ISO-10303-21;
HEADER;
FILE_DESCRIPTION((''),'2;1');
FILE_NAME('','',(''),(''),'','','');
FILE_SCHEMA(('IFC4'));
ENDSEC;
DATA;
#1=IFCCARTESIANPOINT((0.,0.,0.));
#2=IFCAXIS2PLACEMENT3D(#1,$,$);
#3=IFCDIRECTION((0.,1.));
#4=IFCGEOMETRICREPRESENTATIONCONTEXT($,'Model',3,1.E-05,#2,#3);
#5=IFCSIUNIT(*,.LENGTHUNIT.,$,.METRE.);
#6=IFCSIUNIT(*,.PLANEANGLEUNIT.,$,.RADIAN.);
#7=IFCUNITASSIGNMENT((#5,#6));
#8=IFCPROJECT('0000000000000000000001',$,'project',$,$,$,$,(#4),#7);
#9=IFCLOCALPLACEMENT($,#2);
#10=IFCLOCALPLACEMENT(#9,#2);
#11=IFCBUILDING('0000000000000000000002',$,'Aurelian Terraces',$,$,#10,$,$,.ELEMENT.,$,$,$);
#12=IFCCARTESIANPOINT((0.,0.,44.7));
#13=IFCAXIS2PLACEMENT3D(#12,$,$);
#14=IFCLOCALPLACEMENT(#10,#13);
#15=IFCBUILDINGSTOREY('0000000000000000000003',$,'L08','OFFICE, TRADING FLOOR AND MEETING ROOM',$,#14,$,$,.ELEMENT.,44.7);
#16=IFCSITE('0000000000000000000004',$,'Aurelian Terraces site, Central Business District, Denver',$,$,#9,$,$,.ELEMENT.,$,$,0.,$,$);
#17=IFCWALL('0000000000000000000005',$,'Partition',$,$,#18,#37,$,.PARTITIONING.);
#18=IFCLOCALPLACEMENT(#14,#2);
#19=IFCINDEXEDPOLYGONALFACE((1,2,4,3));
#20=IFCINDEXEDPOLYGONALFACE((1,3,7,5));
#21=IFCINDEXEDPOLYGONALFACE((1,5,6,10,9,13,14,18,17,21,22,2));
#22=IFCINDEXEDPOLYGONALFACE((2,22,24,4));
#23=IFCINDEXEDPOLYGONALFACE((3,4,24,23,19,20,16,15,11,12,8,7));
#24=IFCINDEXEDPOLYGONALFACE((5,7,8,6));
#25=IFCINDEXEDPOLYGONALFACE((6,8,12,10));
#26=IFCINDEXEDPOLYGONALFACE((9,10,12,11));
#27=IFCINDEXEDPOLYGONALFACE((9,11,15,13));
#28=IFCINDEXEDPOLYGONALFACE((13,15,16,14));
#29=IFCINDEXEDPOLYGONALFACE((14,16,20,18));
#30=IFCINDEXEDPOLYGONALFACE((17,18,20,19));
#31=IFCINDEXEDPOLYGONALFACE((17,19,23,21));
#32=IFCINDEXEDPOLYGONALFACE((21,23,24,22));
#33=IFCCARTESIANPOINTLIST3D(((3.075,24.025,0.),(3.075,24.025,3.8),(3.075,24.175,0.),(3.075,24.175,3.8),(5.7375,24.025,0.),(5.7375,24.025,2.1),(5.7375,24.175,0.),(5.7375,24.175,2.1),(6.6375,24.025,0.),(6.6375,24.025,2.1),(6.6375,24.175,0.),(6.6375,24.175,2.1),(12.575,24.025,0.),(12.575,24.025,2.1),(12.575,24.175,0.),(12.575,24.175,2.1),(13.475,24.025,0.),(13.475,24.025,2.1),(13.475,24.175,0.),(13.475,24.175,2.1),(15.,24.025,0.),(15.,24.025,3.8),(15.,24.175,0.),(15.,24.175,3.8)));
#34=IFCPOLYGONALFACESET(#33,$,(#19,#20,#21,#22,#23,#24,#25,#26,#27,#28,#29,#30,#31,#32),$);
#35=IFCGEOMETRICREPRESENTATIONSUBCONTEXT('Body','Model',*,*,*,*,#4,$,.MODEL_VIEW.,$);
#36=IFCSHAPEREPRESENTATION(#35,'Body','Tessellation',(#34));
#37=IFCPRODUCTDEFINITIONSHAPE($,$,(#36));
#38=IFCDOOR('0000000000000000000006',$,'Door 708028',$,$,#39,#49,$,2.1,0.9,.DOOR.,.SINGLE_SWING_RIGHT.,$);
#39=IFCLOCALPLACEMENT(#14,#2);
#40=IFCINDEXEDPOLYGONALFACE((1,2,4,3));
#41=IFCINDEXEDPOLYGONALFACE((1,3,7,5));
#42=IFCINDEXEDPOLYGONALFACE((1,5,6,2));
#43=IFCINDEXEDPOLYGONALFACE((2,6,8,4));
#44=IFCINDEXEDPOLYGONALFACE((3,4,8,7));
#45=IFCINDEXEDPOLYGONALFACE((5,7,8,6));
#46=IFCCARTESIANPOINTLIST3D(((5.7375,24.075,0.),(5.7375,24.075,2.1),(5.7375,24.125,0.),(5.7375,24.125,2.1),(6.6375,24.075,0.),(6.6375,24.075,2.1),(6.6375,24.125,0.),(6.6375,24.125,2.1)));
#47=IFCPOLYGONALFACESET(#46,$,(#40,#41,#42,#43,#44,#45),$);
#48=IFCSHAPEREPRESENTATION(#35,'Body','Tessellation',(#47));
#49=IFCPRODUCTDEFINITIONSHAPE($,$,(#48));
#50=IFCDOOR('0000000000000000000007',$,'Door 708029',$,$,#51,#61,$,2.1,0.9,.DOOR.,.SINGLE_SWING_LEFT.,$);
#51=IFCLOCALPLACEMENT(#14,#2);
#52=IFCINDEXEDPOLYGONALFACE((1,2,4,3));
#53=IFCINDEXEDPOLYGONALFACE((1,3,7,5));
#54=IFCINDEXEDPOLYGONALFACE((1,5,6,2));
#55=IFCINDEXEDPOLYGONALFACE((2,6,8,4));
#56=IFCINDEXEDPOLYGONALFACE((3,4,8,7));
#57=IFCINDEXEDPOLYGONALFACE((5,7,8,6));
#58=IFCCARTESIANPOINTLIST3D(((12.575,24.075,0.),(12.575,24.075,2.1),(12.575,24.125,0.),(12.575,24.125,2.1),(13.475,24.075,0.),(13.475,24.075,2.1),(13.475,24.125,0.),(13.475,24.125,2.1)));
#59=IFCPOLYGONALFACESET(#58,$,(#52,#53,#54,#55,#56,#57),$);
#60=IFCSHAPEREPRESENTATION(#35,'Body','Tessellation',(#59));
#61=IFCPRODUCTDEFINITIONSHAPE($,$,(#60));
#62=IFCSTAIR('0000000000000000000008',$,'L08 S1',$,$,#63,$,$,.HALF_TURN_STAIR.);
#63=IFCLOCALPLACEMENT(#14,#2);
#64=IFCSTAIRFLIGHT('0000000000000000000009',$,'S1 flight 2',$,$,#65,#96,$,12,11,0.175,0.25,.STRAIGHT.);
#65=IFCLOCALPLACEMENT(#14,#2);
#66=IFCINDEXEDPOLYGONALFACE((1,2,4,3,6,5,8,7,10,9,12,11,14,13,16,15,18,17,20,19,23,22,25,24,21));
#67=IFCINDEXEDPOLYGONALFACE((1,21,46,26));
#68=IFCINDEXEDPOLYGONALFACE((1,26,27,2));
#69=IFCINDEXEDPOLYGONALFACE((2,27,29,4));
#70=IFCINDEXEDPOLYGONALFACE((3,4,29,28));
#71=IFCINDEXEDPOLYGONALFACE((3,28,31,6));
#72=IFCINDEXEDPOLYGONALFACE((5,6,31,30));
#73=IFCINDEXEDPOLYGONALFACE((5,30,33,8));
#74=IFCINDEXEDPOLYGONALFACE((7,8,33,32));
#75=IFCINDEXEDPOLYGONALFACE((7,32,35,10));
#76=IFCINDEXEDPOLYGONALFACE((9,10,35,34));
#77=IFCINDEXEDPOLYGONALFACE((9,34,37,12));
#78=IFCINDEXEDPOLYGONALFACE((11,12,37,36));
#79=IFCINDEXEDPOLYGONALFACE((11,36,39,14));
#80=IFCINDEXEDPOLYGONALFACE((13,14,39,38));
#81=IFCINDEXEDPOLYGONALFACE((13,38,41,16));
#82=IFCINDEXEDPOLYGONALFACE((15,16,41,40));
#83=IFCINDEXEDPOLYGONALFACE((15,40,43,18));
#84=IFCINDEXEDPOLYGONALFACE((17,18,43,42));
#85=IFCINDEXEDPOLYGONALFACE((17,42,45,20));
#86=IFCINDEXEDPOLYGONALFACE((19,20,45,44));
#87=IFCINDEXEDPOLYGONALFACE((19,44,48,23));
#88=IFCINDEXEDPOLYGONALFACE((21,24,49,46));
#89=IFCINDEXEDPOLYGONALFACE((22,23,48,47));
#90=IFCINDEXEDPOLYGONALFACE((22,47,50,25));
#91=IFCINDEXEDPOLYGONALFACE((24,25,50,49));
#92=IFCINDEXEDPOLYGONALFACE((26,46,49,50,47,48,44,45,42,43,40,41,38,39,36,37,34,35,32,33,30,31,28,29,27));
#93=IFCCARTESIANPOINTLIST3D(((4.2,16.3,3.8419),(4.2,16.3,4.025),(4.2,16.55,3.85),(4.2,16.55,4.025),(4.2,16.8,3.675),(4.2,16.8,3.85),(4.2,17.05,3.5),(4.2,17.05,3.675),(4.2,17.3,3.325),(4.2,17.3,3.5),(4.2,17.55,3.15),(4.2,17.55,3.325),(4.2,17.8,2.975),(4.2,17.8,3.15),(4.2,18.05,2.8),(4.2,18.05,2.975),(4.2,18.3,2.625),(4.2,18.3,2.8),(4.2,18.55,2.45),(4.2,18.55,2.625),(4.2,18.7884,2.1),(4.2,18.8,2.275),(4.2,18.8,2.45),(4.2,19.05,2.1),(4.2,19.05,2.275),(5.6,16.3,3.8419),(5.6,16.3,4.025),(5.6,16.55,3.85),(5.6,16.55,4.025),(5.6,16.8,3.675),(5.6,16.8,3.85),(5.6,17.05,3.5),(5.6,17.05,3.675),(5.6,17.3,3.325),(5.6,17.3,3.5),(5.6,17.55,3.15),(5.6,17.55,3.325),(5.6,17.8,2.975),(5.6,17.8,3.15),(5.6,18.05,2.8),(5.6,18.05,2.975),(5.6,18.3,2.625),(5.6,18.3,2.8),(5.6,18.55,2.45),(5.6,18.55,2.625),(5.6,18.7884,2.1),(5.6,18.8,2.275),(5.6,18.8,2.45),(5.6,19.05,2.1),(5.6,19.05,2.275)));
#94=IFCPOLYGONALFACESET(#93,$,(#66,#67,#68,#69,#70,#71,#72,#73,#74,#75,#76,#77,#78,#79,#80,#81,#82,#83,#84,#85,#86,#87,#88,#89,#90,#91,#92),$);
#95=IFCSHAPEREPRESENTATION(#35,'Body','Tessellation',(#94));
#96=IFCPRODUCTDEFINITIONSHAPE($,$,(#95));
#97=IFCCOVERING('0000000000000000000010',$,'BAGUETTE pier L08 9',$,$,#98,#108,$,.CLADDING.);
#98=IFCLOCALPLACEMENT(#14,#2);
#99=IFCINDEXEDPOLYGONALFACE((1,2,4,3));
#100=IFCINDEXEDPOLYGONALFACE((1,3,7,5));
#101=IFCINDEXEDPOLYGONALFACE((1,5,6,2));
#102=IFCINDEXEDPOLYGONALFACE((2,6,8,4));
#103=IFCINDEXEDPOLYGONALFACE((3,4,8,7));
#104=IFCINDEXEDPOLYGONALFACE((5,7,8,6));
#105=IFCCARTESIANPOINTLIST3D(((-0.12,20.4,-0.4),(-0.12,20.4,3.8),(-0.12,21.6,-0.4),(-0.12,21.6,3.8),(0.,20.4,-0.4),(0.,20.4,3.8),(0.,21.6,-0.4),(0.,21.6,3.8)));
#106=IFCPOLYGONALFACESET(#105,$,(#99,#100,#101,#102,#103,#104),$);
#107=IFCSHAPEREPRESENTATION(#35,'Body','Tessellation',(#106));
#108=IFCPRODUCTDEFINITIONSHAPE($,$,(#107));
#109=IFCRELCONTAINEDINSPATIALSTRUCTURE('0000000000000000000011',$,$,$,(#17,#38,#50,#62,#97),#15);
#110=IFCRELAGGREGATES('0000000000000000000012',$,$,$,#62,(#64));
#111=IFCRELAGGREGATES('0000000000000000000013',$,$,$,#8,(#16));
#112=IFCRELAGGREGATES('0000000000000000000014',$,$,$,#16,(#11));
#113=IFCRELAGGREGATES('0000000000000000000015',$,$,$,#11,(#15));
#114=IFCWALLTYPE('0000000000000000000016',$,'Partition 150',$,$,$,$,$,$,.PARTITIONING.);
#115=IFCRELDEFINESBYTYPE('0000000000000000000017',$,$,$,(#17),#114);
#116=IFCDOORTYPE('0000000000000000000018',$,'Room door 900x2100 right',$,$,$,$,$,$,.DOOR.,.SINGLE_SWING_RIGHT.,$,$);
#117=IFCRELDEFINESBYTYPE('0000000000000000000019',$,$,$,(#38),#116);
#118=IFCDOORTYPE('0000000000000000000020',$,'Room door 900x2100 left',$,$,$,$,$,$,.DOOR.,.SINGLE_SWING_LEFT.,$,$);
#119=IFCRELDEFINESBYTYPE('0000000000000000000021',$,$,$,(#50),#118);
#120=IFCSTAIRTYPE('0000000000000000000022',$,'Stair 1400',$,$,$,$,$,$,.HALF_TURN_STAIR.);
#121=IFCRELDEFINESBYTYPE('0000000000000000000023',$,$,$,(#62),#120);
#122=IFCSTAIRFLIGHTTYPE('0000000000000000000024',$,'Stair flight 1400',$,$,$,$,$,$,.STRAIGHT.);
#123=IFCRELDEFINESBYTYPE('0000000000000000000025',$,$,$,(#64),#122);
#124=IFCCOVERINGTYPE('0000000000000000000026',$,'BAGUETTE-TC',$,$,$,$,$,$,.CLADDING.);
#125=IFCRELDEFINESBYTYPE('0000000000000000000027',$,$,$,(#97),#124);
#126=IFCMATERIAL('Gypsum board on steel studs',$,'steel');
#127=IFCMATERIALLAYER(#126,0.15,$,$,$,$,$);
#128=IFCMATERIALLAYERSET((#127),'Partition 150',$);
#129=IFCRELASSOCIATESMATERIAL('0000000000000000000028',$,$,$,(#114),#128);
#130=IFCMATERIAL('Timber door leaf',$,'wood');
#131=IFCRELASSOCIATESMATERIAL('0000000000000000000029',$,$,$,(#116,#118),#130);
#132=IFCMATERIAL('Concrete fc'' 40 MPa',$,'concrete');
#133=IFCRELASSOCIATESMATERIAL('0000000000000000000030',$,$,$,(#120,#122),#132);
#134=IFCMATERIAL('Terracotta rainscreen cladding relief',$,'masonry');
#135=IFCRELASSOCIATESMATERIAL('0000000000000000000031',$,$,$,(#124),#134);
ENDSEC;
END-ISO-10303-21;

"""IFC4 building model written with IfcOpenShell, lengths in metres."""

from ifc_helpers import new_model, si_unit, direction, frame, frame_2d, origin, origin_2d, place, context, subcontext, project, spatial, polyline, rectangle, outline, extrude, source, transform, mapped, material, layer, layer_set, type_object, element, fill, aggregate, save


model = new_model("IFC4")

# Units and contexts
model_context = context("Model", 3, precision=1e-05, world=origin(), true_north=direction((0.0, 1.0)))
body_context = subcontext(model_context, "Body", "Model", "MODEL_VIEW")
ifc_project = project(units=[si_unit("LENGTHUNIT", "METRE"), si_unit("PLANEANGLEUNIT", "RADIAN")], contexts=[model_context])

# Site, building, storey
site_placement = place(None, origin())
site = spatial("IfcSite", under=ifc_project, at=site_placement, Name="Aurelian Terraces site, Central Business District, Denver", CompositionType="ELEMENT", RefElevation=0.0)
building_placement = place(site_placement, origin())
building = spatial("IfcBuilding", under=site, at=building_placement, Name="Aurelian Terraces", CompositionType="ELEMENT")
storey_placement = place(building_placement, frame((0.0, 0.0, 44.7)))
storey = spatial("IfcBuildingStorey", under=building, at=storey_placement, Name="L08", Description="OFFICE, TRADING FLOOR AND MEETING ROOM", CompositionType="ELEMENT", Elevation=44.7)

# Shared definitions
ifc_material_1 = material(Name="Concrete fc' 40 MPa", Category="concrete")

# Wall, openings, doors
ifc_material_2 = material(Name="Gypsum board on steel studs", Category="steel")
ifc_layer_1 = layer(ifc_material_2, 0.15)
ifc_layer_set_1 = layer_set([ifc_layer_1], Name="Partition 150")
wall_type_1 = type_object("IfcWallType", Name="Partition 150", PredefinedType="PARTITIONING", material=ifc_layer_set_1)
shared_shape_1 = source(origin(), body_context, "Body", "SweptSolid", [
    extrude(rectangle(XDim=11.925, YDim=0.15, at=frame_2d((5.9625, 0.0))), origin(), (0.0, 0.0, 1.0), 3.8),
])
wall_1_placement = place(storey_placement, frame((3.075, 24.1, 0.0), z_axis=(0.0, 0.0, 1.0), x_axis=(1.0, 0.0, 0.0)))
wall_1 = element("IfcWall", 1, at=wall_1_placement, inside=storey, type_object=wall_type_1, Name="Partition", PredefinedType="PARTITIONING", context=body_context, shape_type="MappedRepresentation", body=[
    mapped(shared_shape_1, transform((0.0, 0.0, 0.0), scale=1.0)),
])
shared_shape_2 = source(origin(), body_context, "Body", "SweptSolid", [
    extrude(rectangle(XDim=0.9, YDim=2.1, at=frame_2d((0.45, 1.05))), frame((0.0, 0.085, 0.0), z_axis=(0.0, -1.0, 0.0), x_axis=(1.0, 0.0, 0.0)), (0.0, 0.0, 1.0), 0.17),
])
opening_1_placement = place(wall_1_placement, frame((2.6625, 0.0, 0.0)))
opening_1 = element("IfcOpeningElement", 2, at=opening_1_placement, cuts=wall_1, PredefinedType="OPENING", context=body_context, shape_type="MappedRepresentation", body=[
    mapped(shared_shape_2, transform((0.0, 0.0, 0.0), scale=1.0)),
])
opening_2_placement = place(wall_1_placement, frame((9.5, 0.0, 0.0)))
opening_2 = element("IfcOpeningElement", 3, at=opening_2_placement, cuts=wall_1, PredefinedType="OPENING", context=body_context, shape_type="MappedRepresentation", body=[
    mapped(shared_shape_2, transform((0.0, 0.0, 0.0), scale=1.0)),
])
ifc_material_3 = material(Name="Timber door leaf", Category="wood")
door_type_1 = type_object("IfcDoorType", Name="Room door 900x2100 right", OperationType="SINGLE_SWING_RIGHT", PredefinedType="DOOR", material=ifc_material_3)
shared_shape_3 = source(origin(), body_context, "Body", "SweptSolid", [
    extrude(rectangle(XDim=0.9, YDim=2.1, at=frame_2d((0.45, 1.05))), frame((0.0, 0.025, 0.0), z_axis=(0.0, -1.0, 0.0), x_axis=(1.0, 0.0, 0.0)), (0.0, 0.0, 1.0), 0.05),
])
door_1_placement = place(opening_1_placement, origin())
door_1 = element("IfcDoor", 4, at=door_1_placement, inside=storey, type_object=door_type_1, Name="Door 708028", OperationType="SINGLE_SWING_RIGHT", OverallHeight=2.1, OverallWidth=0.9, PredefinedType="DOOR", context=body_context, shape_type="MappedRepresentation", body=[
    mapped(shared_shape_3, transform((0.0, 0.0, 0.0), scale=1.0)),
])
fill(opening_1, door_1)
door_type_2 = type_object("IfcDoorType", Name="Room door 900x2100 left", OperationType="SINGLE_SWING_LEFT", PredefinedType="DOOR", material=ifc_material_3)
door_2_placement = place(opening_2_placement, origin())
door_2 = element("IfcDoor", 5, at=door_2_placement, inside=storey, type_object=door_type_2, Name="Door 708029", OperationType="SINGLE_SWING_LEFT", OverallHeight=2.1, OverallWidth=0.9, PredefinedType="DOOR", context=body_context, shape_type="MappedRepresentation", body=[
    mapped(shared_shape_3, transform((0.0, 0.0, 0.0), scale=1.0)),
])
fill(opening_2, door_2)

# Stair, stair flight
stair_type = type_object("IfcStairType", Name="Stair 1400", PredefinedType="HALF_TURN_STAIR", material=ifc_material_1)
stair_placement = place(storey_placement, origin())
stair = element("IfcStair", 6, at=stair_placement, inside=storey, type_object=stair_type, Name="L08 S1", PredefinedType="HALF_TURN_STAIR")
stair_flight_type = type_object("IfcStairFlightType", Name="Stair flight 1400", PredefinedType="STRAIGHT", material=ifc_material_1)
shared_shape_4 = source(origin(), body_context, "Body", "SweptSolid", [
    extrude(outline(polyline([(0.0, 0.0), (0.0, 0.175), (0.25, 0.175), (0.25, 0.35), (0.5, 0.35), (0.5, 0.525), (0.75, 0.525), (0.75, 0.7), (1.0, 0.7), (1.0, 0.875), (1.25, 0.875), (1.25, 1.05), (1.5, 1.05), (1.5, 1.225), (1.75, 1.225), (1.75, 1.4), (2.0, 1.4), (2.0, 1.575), (2.25, 1.575), (2.25, 1.75), (2.5, 1.75), (2.5, 1.925), (2.75, 1.925), (2.75, 2.1), (2.75, 1.7419), (0.2616, 0.0), (0.0, 0.0)])), frame((0.0, 0.7, 0.0), z_axis=(0.0, -1.0, 0.0), x_axis=(1.0, 0.0, 0.0)), (0.0, 0.0, 1.0), 1.4),
])
stair_flight_placement = place(storey_placement, frame((4.9, 19.05, 2.1), z_axis=(0.0, 0.0, 1.0), x_axis=(0.0, -1.0, 0.0)))
stair_flight = element("IfcStairFlight", 7, at=stair_flight_placement, type_object=stair_flight_type, Name="S1 flight 2", NumberOfRisers=12, NumberOfTreads=11, PredefinedType="STRAIGHT", RiserHeight=0.175, TreadLength=0.25, context=body_context, shape_type="MappedRepresentation", body=[
    mapped(shared_shape_4, transform((0.0, 0.0, 0.0), scale=1.0)),
])
aggregate(stair, [stair_flight])

# Covering
ifc_material_4 = material(Name="Terracotta rainscreen cladding relief", Category="masonry")
covering_type = type_object("IfcCoveringType", Name="BAGUETTE-TC", PredefinedType="CLADDING", material=ifc_material_4)
shared_shape_5 = source(origin(), body_context, "Body", "SweptSolid", [
    extrude(rectangle(XDim=0.12, YDim=1.2, at=origin_2d()), origin(), (0.0, 0.0, 1.0), 4.2),
])
covering_placement = place(storey_placement, frame((-0.06, 21.0, -0.4), z_axis=(0.0, 0.0, 1.0), x_axis=(1.0, 0.0, 0.0)))
element("IfcCovering", 8, at=covering_placement, inside=storey, type_object=covering_type, Name="BAGUETTE pier L08 9", PredefinedType="CLADDING", context=body_context, shape_type="MappedRepresentation", body=[
    mapped(shared_shape_5, transform((0.0, 0.0, 0.0), scale=1.0)),
])

save(model, "model.ifc")
